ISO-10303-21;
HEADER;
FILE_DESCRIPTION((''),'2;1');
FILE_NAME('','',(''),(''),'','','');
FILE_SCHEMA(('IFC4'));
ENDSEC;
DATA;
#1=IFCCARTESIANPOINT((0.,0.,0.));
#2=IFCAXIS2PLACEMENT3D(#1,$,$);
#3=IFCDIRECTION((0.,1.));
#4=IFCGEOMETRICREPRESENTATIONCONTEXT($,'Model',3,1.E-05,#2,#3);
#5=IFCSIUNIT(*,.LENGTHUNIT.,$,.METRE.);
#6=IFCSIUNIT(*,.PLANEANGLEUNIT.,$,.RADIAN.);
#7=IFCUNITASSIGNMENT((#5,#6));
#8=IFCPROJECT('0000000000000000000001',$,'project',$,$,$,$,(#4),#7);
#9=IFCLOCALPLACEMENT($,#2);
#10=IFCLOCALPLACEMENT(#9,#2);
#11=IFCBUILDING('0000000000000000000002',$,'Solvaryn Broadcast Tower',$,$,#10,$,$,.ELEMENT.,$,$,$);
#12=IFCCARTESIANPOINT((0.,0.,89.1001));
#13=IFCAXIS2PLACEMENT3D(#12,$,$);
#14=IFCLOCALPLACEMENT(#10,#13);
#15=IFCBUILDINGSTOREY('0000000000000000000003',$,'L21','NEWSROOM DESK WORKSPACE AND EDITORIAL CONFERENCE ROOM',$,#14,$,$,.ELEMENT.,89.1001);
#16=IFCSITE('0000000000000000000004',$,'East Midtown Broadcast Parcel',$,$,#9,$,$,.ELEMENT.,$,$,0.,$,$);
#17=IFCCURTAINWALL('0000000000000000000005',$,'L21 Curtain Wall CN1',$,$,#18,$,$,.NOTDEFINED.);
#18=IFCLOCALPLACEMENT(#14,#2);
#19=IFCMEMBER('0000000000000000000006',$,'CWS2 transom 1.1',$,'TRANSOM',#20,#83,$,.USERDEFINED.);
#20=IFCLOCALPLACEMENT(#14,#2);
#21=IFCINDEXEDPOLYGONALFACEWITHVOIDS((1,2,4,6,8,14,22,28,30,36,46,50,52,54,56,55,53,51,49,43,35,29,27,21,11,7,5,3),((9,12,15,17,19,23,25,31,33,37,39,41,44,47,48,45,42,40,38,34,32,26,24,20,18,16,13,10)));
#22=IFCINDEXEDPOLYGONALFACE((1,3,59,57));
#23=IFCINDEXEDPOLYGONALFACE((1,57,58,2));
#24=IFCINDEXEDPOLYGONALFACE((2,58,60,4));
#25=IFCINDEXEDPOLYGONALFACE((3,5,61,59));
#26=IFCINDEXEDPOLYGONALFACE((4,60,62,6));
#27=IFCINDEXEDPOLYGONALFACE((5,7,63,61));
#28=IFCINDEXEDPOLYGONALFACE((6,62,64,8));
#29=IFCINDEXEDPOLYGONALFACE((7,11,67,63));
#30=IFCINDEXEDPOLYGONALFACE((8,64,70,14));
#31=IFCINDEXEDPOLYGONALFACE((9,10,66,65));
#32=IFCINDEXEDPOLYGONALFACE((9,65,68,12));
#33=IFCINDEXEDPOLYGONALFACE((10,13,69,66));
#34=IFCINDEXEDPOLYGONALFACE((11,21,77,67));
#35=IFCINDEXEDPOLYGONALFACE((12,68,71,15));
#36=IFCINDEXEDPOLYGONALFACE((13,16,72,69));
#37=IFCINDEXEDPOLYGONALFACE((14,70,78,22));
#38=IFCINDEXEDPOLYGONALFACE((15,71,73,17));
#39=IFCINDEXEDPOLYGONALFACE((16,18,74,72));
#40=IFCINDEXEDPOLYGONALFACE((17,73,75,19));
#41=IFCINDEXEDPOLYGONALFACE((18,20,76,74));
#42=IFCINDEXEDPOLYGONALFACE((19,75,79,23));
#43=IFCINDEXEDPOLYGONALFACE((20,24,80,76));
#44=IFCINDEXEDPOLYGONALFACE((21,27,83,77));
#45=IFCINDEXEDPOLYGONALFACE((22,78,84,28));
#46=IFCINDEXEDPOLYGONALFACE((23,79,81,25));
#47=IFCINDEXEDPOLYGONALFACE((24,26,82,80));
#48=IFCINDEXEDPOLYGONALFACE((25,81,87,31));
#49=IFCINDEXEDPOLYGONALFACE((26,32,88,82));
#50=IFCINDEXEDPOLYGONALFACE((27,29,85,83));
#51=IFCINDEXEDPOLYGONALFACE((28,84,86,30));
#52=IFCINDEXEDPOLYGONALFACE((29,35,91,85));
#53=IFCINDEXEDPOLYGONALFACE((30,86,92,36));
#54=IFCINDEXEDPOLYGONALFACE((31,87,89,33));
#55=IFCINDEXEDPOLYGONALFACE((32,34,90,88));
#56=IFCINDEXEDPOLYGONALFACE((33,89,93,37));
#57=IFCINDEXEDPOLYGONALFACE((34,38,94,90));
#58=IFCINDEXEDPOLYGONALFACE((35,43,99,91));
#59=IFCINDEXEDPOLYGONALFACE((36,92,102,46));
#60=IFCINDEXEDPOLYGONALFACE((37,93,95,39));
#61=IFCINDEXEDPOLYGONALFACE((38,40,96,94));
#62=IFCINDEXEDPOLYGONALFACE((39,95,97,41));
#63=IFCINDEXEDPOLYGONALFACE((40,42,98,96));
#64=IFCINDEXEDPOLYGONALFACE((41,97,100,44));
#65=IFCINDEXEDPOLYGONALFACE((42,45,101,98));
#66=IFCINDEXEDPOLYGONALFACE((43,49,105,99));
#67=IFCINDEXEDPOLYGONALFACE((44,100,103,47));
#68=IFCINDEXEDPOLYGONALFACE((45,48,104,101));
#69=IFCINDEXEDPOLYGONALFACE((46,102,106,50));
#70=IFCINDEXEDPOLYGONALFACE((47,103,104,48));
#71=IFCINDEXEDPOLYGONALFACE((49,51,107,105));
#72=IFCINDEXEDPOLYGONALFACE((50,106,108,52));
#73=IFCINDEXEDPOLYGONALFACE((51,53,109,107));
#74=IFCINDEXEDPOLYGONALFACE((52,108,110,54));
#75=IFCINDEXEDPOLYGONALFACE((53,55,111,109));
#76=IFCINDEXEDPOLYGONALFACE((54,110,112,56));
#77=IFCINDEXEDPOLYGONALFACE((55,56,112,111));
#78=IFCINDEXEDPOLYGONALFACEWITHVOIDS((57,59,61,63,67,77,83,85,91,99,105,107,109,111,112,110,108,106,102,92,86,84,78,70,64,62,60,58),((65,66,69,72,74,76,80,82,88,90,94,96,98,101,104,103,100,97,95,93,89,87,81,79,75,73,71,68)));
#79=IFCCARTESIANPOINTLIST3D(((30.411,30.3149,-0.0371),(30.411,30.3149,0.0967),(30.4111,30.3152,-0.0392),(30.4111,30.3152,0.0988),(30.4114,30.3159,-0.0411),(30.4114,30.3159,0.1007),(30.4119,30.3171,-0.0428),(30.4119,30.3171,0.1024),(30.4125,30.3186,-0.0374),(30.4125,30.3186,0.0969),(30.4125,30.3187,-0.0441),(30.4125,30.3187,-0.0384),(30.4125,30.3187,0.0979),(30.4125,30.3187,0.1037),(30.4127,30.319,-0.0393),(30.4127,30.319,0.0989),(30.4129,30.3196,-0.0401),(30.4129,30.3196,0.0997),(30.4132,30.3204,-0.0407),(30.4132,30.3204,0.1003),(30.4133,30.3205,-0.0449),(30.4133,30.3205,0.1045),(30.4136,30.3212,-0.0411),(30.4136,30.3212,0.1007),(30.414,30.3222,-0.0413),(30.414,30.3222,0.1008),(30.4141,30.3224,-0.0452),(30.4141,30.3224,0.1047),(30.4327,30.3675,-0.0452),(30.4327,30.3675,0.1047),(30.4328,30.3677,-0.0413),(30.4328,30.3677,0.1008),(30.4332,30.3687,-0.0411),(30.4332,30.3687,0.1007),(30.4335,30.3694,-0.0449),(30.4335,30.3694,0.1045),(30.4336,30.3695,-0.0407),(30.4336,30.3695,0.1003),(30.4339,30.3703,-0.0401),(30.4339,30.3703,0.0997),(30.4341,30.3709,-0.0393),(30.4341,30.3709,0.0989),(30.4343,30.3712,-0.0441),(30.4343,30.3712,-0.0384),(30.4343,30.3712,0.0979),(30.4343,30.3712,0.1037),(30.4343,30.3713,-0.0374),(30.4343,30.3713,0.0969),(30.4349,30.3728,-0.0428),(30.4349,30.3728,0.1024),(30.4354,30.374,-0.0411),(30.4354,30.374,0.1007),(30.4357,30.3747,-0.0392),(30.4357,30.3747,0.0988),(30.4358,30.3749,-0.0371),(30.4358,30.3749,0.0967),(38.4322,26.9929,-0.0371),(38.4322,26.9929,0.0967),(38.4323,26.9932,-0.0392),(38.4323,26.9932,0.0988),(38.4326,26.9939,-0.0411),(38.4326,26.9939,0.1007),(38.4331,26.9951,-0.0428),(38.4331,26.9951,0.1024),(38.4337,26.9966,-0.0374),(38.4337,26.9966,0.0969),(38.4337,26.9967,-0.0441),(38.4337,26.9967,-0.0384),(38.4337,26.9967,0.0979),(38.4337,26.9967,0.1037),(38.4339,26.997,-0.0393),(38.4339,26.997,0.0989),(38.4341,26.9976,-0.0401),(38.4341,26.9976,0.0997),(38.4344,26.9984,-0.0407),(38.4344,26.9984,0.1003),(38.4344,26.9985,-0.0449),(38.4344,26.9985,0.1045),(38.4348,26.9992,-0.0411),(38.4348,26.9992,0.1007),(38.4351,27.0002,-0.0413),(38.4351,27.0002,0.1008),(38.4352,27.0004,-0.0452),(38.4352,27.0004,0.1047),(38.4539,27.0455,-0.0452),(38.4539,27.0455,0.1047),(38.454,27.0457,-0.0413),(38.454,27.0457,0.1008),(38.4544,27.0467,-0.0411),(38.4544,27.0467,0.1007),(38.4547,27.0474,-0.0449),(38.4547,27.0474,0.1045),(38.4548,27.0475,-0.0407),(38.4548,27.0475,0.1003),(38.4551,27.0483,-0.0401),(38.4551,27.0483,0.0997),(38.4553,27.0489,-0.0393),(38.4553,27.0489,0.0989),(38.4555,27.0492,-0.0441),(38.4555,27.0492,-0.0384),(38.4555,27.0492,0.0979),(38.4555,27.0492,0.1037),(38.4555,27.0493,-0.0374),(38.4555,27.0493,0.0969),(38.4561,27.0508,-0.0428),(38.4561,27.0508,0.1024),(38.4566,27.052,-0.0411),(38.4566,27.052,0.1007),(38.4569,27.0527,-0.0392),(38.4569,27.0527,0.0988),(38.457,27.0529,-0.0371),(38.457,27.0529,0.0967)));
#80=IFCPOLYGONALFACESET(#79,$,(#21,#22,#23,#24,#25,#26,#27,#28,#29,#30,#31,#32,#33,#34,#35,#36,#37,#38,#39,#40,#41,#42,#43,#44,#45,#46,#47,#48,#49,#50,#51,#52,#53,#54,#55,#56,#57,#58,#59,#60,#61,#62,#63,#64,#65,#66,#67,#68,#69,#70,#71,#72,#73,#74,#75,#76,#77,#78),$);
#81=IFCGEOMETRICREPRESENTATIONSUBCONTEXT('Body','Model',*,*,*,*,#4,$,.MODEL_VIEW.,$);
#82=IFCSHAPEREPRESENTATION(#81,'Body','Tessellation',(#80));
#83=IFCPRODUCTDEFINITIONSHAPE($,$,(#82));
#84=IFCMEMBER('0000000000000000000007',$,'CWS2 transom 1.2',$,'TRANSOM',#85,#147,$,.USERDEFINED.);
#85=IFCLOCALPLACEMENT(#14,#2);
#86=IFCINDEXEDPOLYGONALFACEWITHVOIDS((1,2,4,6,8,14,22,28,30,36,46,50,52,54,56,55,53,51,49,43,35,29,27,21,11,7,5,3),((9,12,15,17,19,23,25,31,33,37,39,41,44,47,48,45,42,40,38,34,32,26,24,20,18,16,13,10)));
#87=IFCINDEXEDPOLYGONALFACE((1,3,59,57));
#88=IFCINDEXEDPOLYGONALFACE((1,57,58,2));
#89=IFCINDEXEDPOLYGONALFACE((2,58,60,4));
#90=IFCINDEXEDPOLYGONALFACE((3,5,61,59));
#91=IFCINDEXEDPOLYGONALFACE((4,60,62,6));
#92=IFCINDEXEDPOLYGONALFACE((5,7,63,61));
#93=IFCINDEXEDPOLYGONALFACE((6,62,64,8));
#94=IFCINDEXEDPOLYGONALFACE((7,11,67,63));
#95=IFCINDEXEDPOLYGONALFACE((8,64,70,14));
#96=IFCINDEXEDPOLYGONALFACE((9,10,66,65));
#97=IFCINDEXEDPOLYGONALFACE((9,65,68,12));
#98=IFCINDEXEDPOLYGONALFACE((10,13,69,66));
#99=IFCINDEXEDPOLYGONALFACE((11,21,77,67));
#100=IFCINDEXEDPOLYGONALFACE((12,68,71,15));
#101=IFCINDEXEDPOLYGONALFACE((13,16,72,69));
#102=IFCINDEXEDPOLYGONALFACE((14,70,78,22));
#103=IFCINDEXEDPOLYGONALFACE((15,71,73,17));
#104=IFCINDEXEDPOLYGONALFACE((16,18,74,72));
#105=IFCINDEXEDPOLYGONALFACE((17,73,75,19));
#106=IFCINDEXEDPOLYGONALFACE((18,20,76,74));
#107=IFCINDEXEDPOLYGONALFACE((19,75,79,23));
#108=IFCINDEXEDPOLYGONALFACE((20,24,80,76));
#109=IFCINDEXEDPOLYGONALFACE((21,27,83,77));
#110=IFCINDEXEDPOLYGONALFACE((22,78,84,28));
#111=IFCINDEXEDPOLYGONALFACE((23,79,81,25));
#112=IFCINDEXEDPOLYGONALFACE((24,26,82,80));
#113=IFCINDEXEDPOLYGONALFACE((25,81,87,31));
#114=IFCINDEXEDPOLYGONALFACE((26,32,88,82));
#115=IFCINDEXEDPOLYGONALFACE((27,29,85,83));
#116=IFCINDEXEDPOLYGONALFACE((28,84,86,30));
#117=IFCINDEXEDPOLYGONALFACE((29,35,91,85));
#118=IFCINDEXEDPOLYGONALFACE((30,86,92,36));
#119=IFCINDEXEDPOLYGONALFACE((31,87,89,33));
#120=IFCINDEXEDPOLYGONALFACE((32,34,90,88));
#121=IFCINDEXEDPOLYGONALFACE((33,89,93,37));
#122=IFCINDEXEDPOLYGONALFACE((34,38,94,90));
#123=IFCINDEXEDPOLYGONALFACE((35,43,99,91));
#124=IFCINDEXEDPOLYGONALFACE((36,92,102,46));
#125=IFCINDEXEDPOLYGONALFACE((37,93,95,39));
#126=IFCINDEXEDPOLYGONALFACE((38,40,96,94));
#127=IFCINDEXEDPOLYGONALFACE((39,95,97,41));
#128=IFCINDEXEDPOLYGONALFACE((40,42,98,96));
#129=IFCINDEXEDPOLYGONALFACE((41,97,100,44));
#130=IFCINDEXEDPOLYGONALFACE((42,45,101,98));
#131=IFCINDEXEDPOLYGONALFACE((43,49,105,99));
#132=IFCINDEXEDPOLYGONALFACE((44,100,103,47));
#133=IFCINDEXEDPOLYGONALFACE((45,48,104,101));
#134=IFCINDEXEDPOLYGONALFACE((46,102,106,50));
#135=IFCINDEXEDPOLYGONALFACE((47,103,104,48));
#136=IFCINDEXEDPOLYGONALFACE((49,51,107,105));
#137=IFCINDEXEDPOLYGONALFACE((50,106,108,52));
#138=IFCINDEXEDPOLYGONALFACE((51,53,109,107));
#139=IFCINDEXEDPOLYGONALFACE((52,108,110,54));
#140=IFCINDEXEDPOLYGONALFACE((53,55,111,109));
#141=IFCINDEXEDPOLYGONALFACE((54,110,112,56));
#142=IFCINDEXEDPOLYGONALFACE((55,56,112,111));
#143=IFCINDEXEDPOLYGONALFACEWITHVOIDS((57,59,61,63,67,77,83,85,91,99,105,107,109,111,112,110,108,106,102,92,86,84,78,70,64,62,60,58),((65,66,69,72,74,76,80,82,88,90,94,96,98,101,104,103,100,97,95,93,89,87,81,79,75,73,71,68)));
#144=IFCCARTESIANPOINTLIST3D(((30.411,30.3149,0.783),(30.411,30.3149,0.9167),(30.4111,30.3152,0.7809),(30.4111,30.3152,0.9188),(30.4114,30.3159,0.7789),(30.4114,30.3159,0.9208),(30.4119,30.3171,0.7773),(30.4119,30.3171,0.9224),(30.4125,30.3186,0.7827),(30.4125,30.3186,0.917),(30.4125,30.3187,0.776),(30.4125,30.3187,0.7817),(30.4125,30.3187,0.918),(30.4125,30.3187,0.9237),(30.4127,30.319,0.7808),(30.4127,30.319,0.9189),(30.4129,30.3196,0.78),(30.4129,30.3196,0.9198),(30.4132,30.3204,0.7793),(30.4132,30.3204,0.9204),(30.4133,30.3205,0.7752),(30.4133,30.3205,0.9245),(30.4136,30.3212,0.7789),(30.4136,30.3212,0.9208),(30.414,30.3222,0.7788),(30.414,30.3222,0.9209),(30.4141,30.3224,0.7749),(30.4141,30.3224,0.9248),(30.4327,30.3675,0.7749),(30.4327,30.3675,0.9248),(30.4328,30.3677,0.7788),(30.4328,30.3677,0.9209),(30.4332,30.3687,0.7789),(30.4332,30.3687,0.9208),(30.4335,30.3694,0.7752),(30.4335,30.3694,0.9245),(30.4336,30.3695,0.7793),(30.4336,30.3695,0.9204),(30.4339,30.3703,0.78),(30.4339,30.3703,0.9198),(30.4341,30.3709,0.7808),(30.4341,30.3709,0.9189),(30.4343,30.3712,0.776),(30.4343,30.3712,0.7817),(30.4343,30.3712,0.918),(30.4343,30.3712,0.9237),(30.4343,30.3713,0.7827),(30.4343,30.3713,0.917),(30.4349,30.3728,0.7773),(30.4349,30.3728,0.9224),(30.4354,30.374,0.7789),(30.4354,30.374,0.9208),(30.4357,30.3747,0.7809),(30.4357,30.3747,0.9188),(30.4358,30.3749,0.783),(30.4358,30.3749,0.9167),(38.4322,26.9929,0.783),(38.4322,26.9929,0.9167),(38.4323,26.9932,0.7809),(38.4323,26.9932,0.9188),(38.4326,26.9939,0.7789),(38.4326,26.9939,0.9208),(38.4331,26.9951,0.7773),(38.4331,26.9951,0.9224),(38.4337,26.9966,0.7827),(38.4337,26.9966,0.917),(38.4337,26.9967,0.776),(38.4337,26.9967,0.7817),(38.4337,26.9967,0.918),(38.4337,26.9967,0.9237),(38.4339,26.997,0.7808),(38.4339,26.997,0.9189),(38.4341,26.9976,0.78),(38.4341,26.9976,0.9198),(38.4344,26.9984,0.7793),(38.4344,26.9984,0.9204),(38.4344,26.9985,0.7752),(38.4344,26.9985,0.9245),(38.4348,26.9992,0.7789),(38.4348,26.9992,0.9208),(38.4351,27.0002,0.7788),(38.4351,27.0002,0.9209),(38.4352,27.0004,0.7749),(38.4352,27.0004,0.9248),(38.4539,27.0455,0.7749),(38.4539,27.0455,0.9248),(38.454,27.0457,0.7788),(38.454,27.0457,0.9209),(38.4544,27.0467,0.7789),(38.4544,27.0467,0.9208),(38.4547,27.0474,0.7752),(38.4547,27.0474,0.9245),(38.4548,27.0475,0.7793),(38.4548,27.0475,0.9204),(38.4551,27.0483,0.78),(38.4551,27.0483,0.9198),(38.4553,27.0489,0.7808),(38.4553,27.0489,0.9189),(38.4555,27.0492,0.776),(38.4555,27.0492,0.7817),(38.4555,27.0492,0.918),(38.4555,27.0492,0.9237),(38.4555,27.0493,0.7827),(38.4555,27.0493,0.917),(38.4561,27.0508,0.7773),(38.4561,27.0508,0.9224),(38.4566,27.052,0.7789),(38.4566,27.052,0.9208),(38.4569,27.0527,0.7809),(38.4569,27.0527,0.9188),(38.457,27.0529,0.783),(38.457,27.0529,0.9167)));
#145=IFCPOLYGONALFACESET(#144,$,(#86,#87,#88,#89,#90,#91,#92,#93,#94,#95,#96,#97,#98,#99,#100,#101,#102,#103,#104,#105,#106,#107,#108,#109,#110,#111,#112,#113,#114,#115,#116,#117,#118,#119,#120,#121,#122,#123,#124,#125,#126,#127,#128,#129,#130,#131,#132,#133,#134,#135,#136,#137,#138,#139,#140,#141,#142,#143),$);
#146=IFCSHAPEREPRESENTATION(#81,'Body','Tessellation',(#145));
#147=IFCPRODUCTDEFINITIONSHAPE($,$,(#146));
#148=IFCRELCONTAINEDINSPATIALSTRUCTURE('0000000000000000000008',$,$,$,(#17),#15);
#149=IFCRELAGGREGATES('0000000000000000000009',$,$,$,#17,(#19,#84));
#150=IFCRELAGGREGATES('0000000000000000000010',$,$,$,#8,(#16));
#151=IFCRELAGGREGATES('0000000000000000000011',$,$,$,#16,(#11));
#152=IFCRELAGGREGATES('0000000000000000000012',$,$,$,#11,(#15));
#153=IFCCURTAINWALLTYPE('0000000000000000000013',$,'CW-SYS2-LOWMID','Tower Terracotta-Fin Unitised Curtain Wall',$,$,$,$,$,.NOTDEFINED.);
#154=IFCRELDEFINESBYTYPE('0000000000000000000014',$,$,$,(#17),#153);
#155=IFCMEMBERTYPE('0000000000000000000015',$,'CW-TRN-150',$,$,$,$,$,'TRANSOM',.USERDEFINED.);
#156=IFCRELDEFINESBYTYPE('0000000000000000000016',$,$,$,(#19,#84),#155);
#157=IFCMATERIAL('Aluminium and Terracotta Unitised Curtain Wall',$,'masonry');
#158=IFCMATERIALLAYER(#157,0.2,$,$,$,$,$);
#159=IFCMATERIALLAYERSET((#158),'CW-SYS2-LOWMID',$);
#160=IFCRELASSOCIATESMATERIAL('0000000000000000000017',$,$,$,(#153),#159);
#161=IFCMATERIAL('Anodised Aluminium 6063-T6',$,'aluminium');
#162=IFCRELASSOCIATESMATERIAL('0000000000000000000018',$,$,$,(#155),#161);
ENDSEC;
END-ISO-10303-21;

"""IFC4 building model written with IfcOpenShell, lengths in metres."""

from ifc_helpers import new_model, si_unit, direction, frame, origin, origin_2d, place, context, subcontext, project, spatial, hollow_rectangle, extrude, material, layer, layer_set, material_profile, profile_set, type_object, element, aggregate, save


model = new_model("IFC4")

# Units and contexts
model_context = context("Model", 3, precision=1e-05, world=origin(), true_north=direction((0.0, 1.0)))
body_context = subcontext(model_context, "Body", "Model", "MODEL_VIEW")
ifc_project = project(units=[si_unit("LENGTHUNIT", "METRE"), si_unit("PLANEANGLEUNIT", "RADIAN")], contexts=[model_context])

# Site, building, storey
site_placement = place(None, origin())
site = spatial("IfcSite", under=ifc_project, at=site_placement, Name="East Midtown Broadcast Parcel", CompositionType="ELEMENT", RefElevation=0.0)
building_placement = place(site_placement, origin())
building = spatial("IfcBuilding", under=site, at=building_placement, Name="Solvaryn Broadcast Tower", CompositionType="ELEMENT")
storey_placement = place(building_placement, frame((0.0, 0.0, 89.1001)))
storey = spatial("IfcBuildingStorey", under=building, at=storey_placement, Name="L21", Description="NEWSROOM DESK WORKSPACE AND EDITORIAL CONFERENCE ROOM", CompositionType="ELEMENT", Elevation=89.1001)

# Curtain wall
ifc_material_1 = material(Name="Aluminium and Terracotta Unitised Curtain Wall", Category="masonry")
ifc_layer_1 = layer(ifc_material_1, 0.2)
ifc_layer_set_1 = layer_set([ifc_layer_1], Name="CW-SYS2-LOWMID")
curtain_wall_type = type_object("IfcCurtainWallType", Name="CW-SYS2-LOWMID", Description="Tower Terracotta-Fin Unitised Curtain Wall", PredefinedType="NOTDEFINED", material=ifc_layer_set_1)
curtain_wall_1_placement = place(storey_placement, origin())
curtain_wall_1 = element("IfcCurtainWall", 1, at=curtain_wall_1_placement, inside=storey, type_object=curtain_wall_type, Name="L21 Curtain Wall CN1", PredefinedType="NOTDEFINED")

# Members
ifc_material_2 = material(Name="Anodised Aluminium 6063-T6", Category="aluminium")
ifc_material_profile_1 = material_profile(ifc_material_2, hollow_rectangle(XDim=0.0649, YDim=0.1499, WallThickness=0.0039, InnerFilletRadius=0.0039, OuterFilletRadius=0.0081, at=origin_2d()))
ifc_profile_set_1 = profile_set([ifc_material_profile_1], Name="Anodised Aluminium 6063-T6")
member_type_1 = type_object("IfcMemberType", Name="CW-TRN-150", ElementType="TRANSOM", PredefinedType="USERDEFINED", material=ifc_profile_set_1)
member_1_placement = place(storey_placement, frame((38.4446, 27.0229, 0.0298), z_axis=(-0.923899, 0.382636, 0.0), x_axis=(-0.382636, -0.923899, 0.0)))
member_1 = element("IfcMember", 2, at=member_1_placement, type_object=member_type_1, Name="CWS2 transom 1.1", ObjectType="TRANSOM", PredefinedType="USERDEFINED", context=body_context, shape_type="SweptSolid", body=[
    extrude(hollow_rectangle(XDim=0.0649, YDim=0.1499, WallThickness=0.0039, InnerFilletRadius=0.0039, OuterFilletRadius=0.0081, at=origin_2d()), origin(), (0.0, 0.0, 1.0), 8.6819),
])
member_2_placement = place(storey_placement, frame((38.4446, 27.0229, 0.8499), z_axis=(-0.923899, 0.382636, 0.0), x_axis=(-0.382636, -0.923899, 0.0)))
member_2 = element("IfcMember", 3, at=member_2_placement, type_object=member_type_1, Name="CWS2 transom 1.2", ObjectType="TRANSOM", PredefinedType="USERDEFINED", context=body_context, shape_type="SweptSolid", body=[
    extrude(hollow_rectangle(XDim=0.0649, YDim=0.1499, WallThickness=0.0039, InnerFilletRadius=0.0039, OuterFilletRadius=0.0081, at=origin_2d()), origin(), (0.0, 0.0, 1.0), 8.6819),
])
aggregate(curtain_wall_1, [member_1, member_2])

save(model, "model.ifc")
